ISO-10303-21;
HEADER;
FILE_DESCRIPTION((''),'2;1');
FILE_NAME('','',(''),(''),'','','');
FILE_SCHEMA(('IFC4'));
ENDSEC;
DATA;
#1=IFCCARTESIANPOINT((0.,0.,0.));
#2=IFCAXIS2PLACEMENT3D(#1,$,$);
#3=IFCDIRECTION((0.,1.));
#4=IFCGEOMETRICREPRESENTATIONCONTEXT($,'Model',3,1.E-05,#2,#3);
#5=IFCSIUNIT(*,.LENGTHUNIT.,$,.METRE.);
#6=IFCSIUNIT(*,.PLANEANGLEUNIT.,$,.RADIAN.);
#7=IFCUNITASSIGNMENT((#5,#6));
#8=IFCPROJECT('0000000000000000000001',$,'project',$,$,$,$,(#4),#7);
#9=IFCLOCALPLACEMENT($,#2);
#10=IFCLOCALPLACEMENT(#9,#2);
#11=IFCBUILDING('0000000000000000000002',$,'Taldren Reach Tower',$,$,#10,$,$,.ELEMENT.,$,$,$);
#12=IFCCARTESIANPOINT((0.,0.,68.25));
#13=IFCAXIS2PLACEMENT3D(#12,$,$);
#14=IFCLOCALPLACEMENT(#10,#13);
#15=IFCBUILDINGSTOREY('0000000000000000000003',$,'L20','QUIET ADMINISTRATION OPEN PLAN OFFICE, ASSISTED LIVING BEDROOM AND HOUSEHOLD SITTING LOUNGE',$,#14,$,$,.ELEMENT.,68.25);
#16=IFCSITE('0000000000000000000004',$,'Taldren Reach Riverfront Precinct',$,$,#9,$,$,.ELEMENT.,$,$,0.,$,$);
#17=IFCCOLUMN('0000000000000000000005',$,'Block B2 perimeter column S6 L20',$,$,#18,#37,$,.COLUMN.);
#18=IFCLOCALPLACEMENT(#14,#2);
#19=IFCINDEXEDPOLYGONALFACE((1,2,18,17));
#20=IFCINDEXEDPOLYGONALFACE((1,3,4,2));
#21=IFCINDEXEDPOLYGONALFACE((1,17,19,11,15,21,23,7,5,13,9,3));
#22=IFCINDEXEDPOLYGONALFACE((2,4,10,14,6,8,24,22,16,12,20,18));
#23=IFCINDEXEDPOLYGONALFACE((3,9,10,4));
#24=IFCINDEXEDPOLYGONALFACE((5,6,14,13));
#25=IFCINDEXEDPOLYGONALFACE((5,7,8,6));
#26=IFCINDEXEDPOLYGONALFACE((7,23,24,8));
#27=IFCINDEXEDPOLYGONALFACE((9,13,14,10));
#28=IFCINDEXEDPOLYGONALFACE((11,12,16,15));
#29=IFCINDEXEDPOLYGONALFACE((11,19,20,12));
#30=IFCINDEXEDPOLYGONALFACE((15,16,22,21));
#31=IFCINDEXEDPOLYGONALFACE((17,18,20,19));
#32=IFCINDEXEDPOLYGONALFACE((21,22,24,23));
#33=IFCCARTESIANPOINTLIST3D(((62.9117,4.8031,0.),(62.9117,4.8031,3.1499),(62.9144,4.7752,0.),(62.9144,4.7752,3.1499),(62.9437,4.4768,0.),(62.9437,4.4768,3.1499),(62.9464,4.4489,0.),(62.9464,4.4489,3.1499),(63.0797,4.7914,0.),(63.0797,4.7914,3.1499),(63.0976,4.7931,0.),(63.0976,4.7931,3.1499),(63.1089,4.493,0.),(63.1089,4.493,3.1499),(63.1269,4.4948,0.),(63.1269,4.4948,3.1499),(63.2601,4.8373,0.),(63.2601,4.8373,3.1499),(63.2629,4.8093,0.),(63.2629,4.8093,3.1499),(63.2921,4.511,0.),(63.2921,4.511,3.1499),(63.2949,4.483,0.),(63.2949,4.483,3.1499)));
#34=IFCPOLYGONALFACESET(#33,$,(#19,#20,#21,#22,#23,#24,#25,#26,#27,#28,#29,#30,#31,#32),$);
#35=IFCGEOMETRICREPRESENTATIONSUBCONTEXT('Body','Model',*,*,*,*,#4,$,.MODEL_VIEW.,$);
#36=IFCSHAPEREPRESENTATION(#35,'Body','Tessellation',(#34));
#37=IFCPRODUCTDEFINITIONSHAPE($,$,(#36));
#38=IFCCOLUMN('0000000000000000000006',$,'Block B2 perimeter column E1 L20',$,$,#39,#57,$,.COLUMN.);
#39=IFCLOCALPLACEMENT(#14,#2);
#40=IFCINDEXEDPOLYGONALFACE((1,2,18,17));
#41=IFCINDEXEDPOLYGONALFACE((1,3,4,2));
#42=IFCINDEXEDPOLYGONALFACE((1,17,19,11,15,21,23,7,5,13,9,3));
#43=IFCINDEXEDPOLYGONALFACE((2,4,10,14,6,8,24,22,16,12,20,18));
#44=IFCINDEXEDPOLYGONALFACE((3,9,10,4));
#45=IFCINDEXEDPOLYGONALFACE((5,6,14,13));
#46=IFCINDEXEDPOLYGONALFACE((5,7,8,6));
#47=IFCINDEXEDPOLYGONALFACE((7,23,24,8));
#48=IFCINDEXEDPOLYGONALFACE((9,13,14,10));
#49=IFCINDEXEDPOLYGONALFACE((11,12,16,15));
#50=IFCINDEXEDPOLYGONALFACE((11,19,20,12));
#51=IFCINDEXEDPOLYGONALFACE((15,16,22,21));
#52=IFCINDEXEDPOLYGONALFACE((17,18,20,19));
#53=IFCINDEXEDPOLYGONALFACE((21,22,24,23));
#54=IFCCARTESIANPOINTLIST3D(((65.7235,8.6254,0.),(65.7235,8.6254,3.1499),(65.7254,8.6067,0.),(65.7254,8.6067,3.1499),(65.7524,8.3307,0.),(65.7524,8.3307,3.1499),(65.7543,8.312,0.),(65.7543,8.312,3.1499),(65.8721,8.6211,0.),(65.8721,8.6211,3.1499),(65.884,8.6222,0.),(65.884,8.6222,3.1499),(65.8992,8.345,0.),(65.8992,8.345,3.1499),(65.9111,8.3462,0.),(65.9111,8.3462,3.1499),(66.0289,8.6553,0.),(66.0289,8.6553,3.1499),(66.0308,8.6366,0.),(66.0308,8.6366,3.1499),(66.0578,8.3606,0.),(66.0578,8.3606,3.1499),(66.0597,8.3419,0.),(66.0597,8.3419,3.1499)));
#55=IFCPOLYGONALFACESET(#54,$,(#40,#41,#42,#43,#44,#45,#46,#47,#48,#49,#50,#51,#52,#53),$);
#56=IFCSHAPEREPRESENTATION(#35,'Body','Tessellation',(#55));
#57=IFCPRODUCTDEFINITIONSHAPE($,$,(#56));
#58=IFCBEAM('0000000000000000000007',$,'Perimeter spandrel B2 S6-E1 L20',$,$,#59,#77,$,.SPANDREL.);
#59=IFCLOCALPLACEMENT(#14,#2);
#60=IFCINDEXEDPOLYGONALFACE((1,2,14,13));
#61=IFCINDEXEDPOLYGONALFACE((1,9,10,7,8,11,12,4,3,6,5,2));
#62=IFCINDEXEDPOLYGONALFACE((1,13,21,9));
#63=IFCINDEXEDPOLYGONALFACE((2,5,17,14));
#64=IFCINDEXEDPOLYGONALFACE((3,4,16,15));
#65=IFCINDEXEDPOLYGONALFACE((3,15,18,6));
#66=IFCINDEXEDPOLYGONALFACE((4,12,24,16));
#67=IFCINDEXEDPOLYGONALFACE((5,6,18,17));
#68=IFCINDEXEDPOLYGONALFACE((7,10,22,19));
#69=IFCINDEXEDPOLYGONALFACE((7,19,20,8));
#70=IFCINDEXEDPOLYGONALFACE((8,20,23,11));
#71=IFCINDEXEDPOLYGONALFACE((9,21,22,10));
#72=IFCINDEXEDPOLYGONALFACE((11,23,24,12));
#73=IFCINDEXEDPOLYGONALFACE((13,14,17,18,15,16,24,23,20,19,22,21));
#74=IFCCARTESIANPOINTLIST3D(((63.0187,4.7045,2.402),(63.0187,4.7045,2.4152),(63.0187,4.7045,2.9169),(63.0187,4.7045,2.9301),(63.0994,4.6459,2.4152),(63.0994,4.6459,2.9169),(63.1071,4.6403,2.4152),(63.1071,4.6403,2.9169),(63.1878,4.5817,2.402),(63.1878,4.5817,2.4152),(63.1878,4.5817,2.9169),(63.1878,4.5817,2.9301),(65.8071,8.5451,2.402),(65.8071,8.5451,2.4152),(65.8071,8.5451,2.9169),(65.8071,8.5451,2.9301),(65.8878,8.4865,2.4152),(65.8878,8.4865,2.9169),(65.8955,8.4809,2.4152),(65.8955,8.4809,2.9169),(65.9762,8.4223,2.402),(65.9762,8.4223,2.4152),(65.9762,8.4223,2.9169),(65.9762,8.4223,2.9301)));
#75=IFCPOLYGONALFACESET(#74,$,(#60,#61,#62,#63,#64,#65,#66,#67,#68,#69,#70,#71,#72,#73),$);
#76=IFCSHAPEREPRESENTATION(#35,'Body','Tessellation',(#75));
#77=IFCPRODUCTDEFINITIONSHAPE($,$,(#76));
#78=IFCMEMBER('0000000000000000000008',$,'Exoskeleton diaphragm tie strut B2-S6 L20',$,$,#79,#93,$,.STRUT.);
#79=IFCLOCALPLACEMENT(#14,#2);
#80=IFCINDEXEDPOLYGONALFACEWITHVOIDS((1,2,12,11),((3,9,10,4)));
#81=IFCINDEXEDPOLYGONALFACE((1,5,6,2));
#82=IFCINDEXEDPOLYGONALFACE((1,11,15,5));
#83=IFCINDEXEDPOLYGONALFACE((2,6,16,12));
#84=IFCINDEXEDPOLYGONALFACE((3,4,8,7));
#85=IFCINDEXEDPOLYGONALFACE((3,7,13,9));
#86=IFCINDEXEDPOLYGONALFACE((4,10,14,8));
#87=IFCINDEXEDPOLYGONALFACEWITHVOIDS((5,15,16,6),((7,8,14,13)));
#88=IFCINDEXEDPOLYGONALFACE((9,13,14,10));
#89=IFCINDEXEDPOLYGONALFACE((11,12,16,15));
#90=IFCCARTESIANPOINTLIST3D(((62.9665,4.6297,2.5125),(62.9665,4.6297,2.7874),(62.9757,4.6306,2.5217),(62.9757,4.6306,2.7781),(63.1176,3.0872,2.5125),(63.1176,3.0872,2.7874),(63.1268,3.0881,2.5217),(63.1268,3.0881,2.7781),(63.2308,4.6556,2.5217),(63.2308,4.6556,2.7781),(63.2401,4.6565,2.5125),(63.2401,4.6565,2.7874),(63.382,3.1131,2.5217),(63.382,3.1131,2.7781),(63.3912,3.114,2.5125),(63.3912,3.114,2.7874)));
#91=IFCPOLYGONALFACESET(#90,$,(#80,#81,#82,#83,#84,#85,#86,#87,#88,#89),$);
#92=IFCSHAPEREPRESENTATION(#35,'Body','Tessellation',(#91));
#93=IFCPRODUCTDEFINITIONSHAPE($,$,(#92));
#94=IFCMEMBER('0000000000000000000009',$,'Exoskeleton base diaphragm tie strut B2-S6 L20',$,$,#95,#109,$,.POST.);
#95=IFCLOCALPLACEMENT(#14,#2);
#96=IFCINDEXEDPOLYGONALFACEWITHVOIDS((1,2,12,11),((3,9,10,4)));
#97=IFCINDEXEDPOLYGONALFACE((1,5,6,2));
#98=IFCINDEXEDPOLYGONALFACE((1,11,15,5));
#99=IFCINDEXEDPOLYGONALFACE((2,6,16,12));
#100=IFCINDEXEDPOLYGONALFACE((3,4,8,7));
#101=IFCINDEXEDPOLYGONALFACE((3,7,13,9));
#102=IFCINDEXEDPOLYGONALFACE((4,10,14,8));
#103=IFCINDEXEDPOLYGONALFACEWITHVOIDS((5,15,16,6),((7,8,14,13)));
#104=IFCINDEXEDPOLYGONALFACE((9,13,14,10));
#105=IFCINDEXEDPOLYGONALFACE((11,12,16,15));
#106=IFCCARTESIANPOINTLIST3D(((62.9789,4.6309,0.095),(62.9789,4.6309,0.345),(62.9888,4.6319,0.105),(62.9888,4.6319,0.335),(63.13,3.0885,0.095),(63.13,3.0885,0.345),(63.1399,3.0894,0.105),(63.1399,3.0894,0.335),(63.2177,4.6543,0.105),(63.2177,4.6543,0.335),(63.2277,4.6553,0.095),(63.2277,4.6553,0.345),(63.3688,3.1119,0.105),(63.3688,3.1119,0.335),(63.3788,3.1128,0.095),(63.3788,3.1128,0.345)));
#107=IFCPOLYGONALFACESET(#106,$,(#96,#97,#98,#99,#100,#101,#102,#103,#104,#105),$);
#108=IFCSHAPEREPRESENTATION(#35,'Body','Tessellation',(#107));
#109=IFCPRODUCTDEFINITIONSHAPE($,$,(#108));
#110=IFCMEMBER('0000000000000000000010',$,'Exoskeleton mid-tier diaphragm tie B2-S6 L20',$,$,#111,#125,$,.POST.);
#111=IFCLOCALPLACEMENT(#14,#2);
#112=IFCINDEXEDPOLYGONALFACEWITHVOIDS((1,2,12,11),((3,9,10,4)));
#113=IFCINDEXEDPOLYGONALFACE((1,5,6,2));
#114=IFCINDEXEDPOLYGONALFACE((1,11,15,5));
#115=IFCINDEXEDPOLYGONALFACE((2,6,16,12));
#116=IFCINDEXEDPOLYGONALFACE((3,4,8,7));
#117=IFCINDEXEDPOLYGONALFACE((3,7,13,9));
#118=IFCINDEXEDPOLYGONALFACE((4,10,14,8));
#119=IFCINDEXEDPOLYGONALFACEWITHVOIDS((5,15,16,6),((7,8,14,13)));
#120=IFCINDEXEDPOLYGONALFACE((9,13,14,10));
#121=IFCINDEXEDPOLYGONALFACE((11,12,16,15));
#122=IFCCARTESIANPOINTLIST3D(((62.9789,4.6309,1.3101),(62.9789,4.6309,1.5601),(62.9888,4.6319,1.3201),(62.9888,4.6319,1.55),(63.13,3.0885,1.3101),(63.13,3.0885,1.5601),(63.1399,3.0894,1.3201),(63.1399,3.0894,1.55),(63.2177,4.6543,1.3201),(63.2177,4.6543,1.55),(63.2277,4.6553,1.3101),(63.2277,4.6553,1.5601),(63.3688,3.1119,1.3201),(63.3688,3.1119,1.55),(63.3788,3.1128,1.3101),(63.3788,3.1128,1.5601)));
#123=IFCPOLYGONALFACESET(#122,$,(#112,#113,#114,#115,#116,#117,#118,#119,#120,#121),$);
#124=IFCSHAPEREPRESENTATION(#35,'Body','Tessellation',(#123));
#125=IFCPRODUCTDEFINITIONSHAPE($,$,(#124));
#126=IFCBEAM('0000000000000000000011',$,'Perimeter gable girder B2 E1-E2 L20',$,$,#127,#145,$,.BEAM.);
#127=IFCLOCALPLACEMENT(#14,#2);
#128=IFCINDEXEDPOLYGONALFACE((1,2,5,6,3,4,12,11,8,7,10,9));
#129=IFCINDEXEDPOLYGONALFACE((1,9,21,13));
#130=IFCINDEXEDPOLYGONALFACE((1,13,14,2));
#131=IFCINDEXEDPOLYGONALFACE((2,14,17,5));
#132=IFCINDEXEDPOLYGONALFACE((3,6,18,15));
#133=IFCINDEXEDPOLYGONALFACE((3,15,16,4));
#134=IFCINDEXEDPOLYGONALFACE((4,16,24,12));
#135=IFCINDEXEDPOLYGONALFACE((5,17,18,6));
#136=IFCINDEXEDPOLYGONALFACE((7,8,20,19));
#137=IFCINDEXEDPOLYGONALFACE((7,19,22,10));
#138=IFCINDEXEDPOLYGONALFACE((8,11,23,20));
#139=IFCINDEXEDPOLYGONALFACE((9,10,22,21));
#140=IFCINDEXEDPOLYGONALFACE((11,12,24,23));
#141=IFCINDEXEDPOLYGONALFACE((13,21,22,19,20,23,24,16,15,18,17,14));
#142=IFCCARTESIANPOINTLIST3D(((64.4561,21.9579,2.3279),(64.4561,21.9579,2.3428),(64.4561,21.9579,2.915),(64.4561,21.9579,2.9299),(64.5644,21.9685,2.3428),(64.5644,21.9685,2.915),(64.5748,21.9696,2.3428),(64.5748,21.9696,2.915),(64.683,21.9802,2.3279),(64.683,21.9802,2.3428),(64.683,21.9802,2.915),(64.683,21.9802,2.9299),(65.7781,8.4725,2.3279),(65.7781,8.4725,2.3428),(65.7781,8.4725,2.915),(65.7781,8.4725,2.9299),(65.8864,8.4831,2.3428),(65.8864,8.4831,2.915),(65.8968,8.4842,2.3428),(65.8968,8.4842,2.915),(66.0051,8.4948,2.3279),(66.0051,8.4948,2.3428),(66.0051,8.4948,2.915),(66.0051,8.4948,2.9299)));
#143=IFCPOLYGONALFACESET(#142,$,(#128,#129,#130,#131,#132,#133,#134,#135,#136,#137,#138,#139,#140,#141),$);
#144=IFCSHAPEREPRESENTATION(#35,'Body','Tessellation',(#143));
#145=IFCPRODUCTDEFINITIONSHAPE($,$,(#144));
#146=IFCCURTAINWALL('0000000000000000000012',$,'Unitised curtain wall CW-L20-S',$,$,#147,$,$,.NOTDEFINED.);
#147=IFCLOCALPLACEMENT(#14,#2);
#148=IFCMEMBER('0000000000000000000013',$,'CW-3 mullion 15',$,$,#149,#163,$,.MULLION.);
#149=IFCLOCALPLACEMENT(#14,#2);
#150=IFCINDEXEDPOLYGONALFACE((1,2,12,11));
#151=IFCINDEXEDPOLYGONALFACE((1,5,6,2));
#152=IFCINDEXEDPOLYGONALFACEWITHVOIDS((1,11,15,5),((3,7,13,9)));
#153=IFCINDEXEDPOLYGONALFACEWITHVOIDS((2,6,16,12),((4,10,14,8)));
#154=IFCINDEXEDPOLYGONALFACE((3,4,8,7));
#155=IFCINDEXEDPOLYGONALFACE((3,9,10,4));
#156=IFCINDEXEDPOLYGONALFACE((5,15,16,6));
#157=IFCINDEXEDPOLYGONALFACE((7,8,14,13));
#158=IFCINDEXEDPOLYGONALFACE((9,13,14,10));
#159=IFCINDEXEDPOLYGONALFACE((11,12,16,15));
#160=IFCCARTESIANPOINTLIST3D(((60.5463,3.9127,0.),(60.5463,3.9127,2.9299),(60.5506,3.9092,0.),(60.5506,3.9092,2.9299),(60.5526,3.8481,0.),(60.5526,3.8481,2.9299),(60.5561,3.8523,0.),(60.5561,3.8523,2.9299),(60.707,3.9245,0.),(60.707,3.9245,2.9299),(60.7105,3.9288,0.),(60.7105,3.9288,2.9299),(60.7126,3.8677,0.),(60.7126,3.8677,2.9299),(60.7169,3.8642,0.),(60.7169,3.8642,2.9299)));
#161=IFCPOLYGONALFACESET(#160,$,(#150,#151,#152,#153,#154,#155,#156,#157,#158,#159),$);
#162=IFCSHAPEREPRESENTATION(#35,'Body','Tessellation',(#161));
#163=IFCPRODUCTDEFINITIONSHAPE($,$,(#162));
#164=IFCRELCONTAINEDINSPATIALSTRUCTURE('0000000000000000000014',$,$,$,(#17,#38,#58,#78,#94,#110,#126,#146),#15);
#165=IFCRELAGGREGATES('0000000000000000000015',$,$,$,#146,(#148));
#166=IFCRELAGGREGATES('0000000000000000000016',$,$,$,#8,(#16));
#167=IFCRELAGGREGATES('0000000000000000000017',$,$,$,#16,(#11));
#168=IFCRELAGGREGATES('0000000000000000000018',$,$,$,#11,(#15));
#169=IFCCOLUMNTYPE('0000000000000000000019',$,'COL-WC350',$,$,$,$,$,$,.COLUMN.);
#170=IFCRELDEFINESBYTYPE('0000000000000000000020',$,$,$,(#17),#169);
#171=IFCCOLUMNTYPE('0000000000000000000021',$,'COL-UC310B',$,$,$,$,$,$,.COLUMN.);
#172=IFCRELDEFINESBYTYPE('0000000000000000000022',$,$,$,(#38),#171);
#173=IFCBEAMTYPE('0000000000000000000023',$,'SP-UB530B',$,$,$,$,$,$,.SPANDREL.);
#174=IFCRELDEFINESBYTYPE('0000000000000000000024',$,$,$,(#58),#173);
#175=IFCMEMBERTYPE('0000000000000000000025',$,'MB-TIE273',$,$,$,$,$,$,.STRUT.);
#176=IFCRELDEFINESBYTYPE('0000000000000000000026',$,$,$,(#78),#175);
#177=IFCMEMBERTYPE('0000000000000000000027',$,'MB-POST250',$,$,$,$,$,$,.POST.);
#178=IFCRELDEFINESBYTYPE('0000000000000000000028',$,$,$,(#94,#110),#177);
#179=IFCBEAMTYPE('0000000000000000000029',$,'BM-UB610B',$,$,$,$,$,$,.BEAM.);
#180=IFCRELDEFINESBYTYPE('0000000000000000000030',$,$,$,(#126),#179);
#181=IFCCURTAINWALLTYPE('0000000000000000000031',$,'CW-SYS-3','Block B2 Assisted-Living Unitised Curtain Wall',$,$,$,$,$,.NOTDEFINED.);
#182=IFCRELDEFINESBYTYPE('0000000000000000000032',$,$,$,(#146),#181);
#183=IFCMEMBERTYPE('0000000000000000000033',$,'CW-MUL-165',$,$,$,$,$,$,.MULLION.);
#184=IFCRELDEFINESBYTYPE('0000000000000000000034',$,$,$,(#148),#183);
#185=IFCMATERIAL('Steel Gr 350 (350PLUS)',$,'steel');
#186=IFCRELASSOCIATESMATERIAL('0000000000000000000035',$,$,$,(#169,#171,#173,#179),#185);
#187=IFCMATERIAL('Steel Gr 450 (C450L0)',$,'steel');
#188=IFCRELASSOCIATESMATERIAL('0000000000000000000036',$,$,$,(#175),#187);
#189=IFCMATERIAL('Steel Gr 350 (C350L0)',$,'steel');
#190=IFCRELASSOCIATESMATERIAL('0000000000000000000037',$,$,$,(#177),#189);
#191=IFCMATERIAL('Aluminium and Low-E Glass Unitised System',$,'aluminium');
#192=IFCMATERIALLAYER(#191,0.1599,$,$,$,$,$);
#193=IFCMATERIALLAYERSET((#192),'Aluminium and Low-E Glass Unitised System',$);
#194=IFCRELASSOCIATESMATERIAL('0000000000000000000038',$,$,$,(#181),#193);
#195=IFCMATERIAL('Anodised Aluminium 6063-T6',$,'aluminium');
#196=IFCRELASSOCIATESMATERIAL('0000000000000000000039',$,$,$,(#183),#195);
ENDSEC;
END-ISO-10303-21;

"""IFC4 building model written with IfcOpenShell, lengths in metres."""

from ifc_helpers import new_model, si_unit, direction, frame, origin, origin_2d, place, context, subcontext, project, spatial, hollow_rectangle, i_section, extrude, source, transform, mapped, material, layer, layer_set, material_profile, profile_set, type_object, element, aggregate, save


model = new_model("IFC4")

# Units and contexts
model_context = context("Model", 3, precision=1e-05, world=origin(), true_north=direction((0.0, 1.0)))
body_context = subcontext(model_context, "Body", "Model", "MODEL_VIEW")
ifc_project = project(units=[si_unit("LENGTHUNIT", "METRE"), si_unit("PLANEANGLEUNIT", "RADIAN")], contexts=[model_context])

# Site, building, storey
site_placement = place(None, origin())
site = spatial("IfcSite", under=ifc_project, at=site_placement, Name="Taldren Reach Riverfront Precinct", CompositionType="ELEMENT", RefElevation=0.0)
building_placement = place(site_placement, origin())
building = spatial("IfcBuilding", under=site, at=building_placement, Name="Taldren Reach Tower", CompositionType="ELEMENT")
storey_placement = place(building_placement, frame((0.0, 0.0, 68.25)))
storey = spatial("IfcBuildingStorey", under=building, at=storey_placement, Name="L20", Description="QUIET ADMINISTRATION OPEN PLAN OFFICE, ASSISTED LIVING BEDROOM AND HOUSEHOLD SITTING LOUNGE", CompositionType="ELEMENT", Elevation=68.25)

# Columns
ifc_material_1 = material(Name="Steel Gr 350 (350PLUS)", Category="steel")
ifc_material_profile_1 = material_profile(ifc_material_1, i_section(OverallWidth=0.3501, OverallDepth=0.356, WebThickness=0.0181, FlangeThickness=0.0281, at=origin_2d()), Name="350WC197")
ifc_profile_set_1 = profile_set([ifc_material_profile_1], Name="Steel Gr 350 (350PLUS)")
column_type_1 = type_object("IfcColumnType", Name="COL-WC350", PredefinedType="COLUMN", material=ifc_profile_set_1)
shared_shape_1 = source(origin(), body_context, "Body", "SweptSolid", [
    extrude(i_section(OverallWidth=0.3501, OverallDepth=0.356, WebThickness=0.0181, FlangeThickness=0.0281, at=origin_2d()), origin(), (0.0, 0.0, 1.0), 3.1499),
])
column_1_placement = place(storey_placement, frame((63.1033, 4.6431, 0.0), z_axis=(0.0, 0.0, 1.0), x_axis=(0.995227, 0.097583, 0.0)))
element("IfcColumn", 1, at=column_1_placement, inside=storey, type_object=column_type_1, Name="Block B2 perimeter column S6 L20", PredefinedType="COLUMN", context=body_context, shape_type="MappedRepresentation", body=[
    mapped(shared_shape_1, transform((0.0, 0.0, 0.0), scale=1.0)),
])
ifc_material_profile_2 = material_profile(ifc_material_1, i_section(OverallWidth=0.3069, OverallDepth=0.3149, WebThickness=0.012, FlangeThickness=0.0188, at=origin_2d()), Name="310UC118")
ifc_profile_set_2 = profile_set([ifc_material_profile_2], Name="Steel Gr 350 (350PLUS)")
column_type_2 = type_object("IfcColumnType", Name="COL-UC310B", PredefinedType="COLUMN", material=ifc_profile_set_2)
shared_shape_2 = source(origin(), body_context, "Body", "SweptSolid", [
    extrude(i_section(OverallWidth=0.3069, OverallDepth=0.3149, WebThickness=0.012, FlangeThickness=0.0188, at=origin_2d()), origin(), (0.0, 0.0, 1.0), 3.1499),
])
column_2_placement = place(storey_placement, frame((65.8916, 8.4836, 0.0), z_axis=(0.0, 0.0, 1.0), x_axis=(0.995227, 0.097583, 0.0)))
element("IfcColumn", 2, at=column_2_placement, inside=storey, type_object=column_type_2, Name="Block B2 perimeter column E1 L20", PredefinedType="COLUMN", context=body_context, shape_type="MappedRepresentation", body=[
    mapped(shared_shape_2, transform((0.0, 0.0, 0.0), scale=1.0)),
])

# Beam
ifc_material_profile_3 = material_profile(ifc_material_1, i_section(OverallWidth=0.209, OverallDepth=0.5281, WebThickness=0.0095, FlangeThickness=0.0132, at=origin_2d()), Name="530UB82.0")
ifc_profile_set_3 = profile_set([ifc_material_profile_3], Name="Steel Gr 350 (350PLUS)")
beam_type_1 = type_object("IfcBeamType", Name="SP-UB530B", PredefinedType="SPANDREL", material=ifc_profile_set_3)
shared_shape_3 = source(origin(), body_context, "Body", "SweptSolid", [
    extrude(i_section(OverallWidth=0.209, OverallDepth=0.5281, WebThickness=0.0095, FlangeThickness=0.0132, at=origin_2d()), origin(), (0.0, 0.0, 1.0), 4.7461),
])
beam_1_placement = place(storey_placement, frame((63.1033, 4.6431, 2.666), z_axis=(0.587508, 0.809219, 0.0), x_axis=(-0.809219, 0.587508, 0.0)))
element("IfcBeam", 3, at=beam_1_placement, inside=storey, type_object=beam_type_1, Name="Perimeter spandrel B2 S6-E1 L20", PredefinedType="SPANDREL", context=body_context, shape_type="MappedRepresentation", body=[
    mapped(shared_shape_3, transform((0.0, 0.0, 0.0), scale=1.0)),
])

# Members
ifc_material_2 = material(Name="Steel Gr 450 (C450L0)", Category="steel")
ifc_material_profile_4 = material_profile(ifc_material_2, hollow_rectangle(XDim=0.2749, YDim=0.2749, WallThickness=0.0093, at=origin_2d()), Name="275x275x9.3SHS")
ifc_profile_set_4 = profile_set([ifc_material_profile_4], Name="Steel Gr 450 (C450L0)")
member_type_1 = type_object("IfcMemberType", Name="MB-TIE273", PredefinedType="STRUT", material=ifc_profile_set_4)
shared_shape_4 = source(origin(), body_context, "Body", "SweptSolid", [
    extrude(hollow_rectangle(XDim=0.2749, YDim=0.2749, WallThickness=0.0093, at=origin_2d()), origin(), (0.0, 0.0, 1.0), 1.5498),
])
member_1_placement = place(storey_placement, frame((63.1033, 4.6431, 2.6499), z_axis=(0.097507, -0.995235, 0.0), x_axis=(0.995235, 0.097507, 0.0)))
element("IfcMember", 4, at=member_1_placement, inside=storey, type_object=member_type_1, Name="Exoskeleton diaphragm tie strut B2-S6 L20", PredefinedType="STRUT", context=body_context, shape_type="MappedRepresentation", body=[
    mapped(shared_shape_4, transform((0.0, 0.0, 0.0), scale=1.0)),
])
ifc_material_3 = material(Name="Steel Gr 350 (C350L0)", Category="steel")
ifc_material_profile_5 = material_profile(ifc_material_3, hollow_rectangle(XDim=0.25, YDim=0.25, WallThickness=0.01, at=origin_2d()), Name="250x250x10.0SHS")
ifc_profile_set_5 = profile_set([ifc_material_profile_5], Name="Steel Gr 350 (C350L0)")
member_type_2 = type_object("IfcMemberType", Name="MB-POST250", PredefinedType="POST", material=ifc_profile_set_5)
shared_shape_5 = source(origin(), body_context, "Body", "SweptSolid", [
    extrude(hollow_rectangle(XDim=0.25, YDim=0.25, WallThickness=0.01, at=origin_2d()), origin(), (0.0, 0.0, 1.0), 1.5498),
])
for number, where, z_axis, x_axis, name in (
    (5, (63.1033, 4.6431, 0.22), (0.097507, -0.995235, 0.0), (0.995235, 0.097507, 0.0), "Exoskeleton base diaphragm tie strut B2-S6 L20"),
    (6, (63.1033, 4.6431, 1.4351), (0.097507, -0.995235, 0.0), (0.995235, 0.097507, 0.0), "Exoskeleton mid-tier diaphragm tie B2-S6 L20"),
):
    element("IfcMember", number, at=place(storey_placement, frame(where, z_axis=z_axis, x_axis=x_axis)), inside=storey, type_object=member_type_2, Name=name, PredefinedType="POST", context=body_context, shape_type="MappedRepresentation", body=[
        mapped(shared_shape_5, transform((0.0, 0.0, 0.0), scale=1.0)),
    ])

# Beam
ifc_material_profile_6 = material_profile(ifc_material_1, i_section(OverallWidth=0.228, OverallDepth=0.6021, WebThickness=0.0105, FlangeThickness=0.0149, at=origin_2d()), Name="610UB101")
ifc_profile_set_6 = profile_set([ifc_material_profile_6], Name="Steel Gr 350 (350PLUS)")
beam_type_2 = type_object("IfcBeamType", Name="BM-UB610B", PredefinedType="BEAM", material=ifc_profile_set_6)
shared_shape_6 = source(origin(), body_context, "Body", "SweptSolid", [
    extrude(i_section(OverallWidth=0.228, OverallDepth=0.6021, WebThickness=0.0105, FlangeThickness=0.0149, at=origin_2d()), origin(), (0.0, 0.0, 1.0), 13.55),
])
beam_2_placement = place(storey_placement, frame((65.8916, 8.4836, 2.6289), z_axis=(-0.097566, 0.995229, 0.0), x_axis=(-0.995229, -0.097566, 0.0)))
element("IfcBeam", 7, at=beam_2_placement, inside=storey, type_object=beam_type_2, Name="Perimeter gable girder B2 E1-E2 L20", PredefinedType="BEAM", context=body_context, shape_type="MappedRepresentation", body=[
    mapped(shared_shape_6, transform((0.0, 0.0, 0.0), scale=1.0)),
])

# Curtain wall, member
ifc_material_4 = material(Name="Aluminium and Low-E Glass Unitised System", Category="aluminium")
ifc_layer_1 = layer(ifc_material_4, 0.1599)
ifc_layer_set_1 = layer_set([ifc_layer_1], Name="Aluminium and Low-E Glass Unitised System")
curtain_wall_type = type_object("IfcCurtainWallType", Name="CW-SYS-3", Description="Block B2 Assisted-Living Unitised Curtain Wall", PredefinedType="NOTDEFINED", material=ifc_layer_set_1)
curtain_wall_1_placement = place(storey_placement, origin())
curtain_wall_1 = element("IfcCurtainWall", 8, at=curtain_wall_1_placement, inside=storey, type_object=curtain_wall_type, Name="Unitised curtain wall CW-L20-S", PredefinedType="NOTDEFINED")
ifc_material_5 = material(Name="Anodised Aluminium 6063-T6", Category="aluminium")
ifc_material_profile_7 = material_profile(ifc_material_5, hollow_rectangle(XDim=0.0649, YDim=0.165, WallThickness=0.0039, at=origin_2d()), Name="ALU-165x65x4RHS")
ifc_profile_set_7 = profile_set([ifc_material_profile_7], Name="Anodised Aluminium 6063-T6")
member_type_3 = type_object("IfcMemberType", Name="CW-MUL-165", PredefinedType="MULLION", material=ifc_profile_set_7)
shared_shape_7 = source(origin(), body_context, "Body", "SweptSolid", [
    extrude(hollow_rectangle(XDim=0.0649, YDim=0.165, WallThickness=0.0039, at=origin_2d()), origin(), (0.0, 0.0, 1.0), 2.9299),
])
member_2_placement = place(storey_placement, frame((60.6316, 3.8884, 0.0), z_axis=(0.0, 0.0, 1.0), x_axis=(-0.097583, 0.995227, 0.0)))
member_2 = element("IfcMember", 9, at=member_2_placement, type_object=member_type_3, Name="CW-3 mullion 15", PredefinedType="MULLION", context=body_context, shape_type="MappedRepresentation", body=[
    mapped(shared_shape_7, transform((0.0, 0.0, 0.0), scale=1.0)),
])

aggregate(curtain_wall_1, [member_2])

save(model, "model.ifc")
